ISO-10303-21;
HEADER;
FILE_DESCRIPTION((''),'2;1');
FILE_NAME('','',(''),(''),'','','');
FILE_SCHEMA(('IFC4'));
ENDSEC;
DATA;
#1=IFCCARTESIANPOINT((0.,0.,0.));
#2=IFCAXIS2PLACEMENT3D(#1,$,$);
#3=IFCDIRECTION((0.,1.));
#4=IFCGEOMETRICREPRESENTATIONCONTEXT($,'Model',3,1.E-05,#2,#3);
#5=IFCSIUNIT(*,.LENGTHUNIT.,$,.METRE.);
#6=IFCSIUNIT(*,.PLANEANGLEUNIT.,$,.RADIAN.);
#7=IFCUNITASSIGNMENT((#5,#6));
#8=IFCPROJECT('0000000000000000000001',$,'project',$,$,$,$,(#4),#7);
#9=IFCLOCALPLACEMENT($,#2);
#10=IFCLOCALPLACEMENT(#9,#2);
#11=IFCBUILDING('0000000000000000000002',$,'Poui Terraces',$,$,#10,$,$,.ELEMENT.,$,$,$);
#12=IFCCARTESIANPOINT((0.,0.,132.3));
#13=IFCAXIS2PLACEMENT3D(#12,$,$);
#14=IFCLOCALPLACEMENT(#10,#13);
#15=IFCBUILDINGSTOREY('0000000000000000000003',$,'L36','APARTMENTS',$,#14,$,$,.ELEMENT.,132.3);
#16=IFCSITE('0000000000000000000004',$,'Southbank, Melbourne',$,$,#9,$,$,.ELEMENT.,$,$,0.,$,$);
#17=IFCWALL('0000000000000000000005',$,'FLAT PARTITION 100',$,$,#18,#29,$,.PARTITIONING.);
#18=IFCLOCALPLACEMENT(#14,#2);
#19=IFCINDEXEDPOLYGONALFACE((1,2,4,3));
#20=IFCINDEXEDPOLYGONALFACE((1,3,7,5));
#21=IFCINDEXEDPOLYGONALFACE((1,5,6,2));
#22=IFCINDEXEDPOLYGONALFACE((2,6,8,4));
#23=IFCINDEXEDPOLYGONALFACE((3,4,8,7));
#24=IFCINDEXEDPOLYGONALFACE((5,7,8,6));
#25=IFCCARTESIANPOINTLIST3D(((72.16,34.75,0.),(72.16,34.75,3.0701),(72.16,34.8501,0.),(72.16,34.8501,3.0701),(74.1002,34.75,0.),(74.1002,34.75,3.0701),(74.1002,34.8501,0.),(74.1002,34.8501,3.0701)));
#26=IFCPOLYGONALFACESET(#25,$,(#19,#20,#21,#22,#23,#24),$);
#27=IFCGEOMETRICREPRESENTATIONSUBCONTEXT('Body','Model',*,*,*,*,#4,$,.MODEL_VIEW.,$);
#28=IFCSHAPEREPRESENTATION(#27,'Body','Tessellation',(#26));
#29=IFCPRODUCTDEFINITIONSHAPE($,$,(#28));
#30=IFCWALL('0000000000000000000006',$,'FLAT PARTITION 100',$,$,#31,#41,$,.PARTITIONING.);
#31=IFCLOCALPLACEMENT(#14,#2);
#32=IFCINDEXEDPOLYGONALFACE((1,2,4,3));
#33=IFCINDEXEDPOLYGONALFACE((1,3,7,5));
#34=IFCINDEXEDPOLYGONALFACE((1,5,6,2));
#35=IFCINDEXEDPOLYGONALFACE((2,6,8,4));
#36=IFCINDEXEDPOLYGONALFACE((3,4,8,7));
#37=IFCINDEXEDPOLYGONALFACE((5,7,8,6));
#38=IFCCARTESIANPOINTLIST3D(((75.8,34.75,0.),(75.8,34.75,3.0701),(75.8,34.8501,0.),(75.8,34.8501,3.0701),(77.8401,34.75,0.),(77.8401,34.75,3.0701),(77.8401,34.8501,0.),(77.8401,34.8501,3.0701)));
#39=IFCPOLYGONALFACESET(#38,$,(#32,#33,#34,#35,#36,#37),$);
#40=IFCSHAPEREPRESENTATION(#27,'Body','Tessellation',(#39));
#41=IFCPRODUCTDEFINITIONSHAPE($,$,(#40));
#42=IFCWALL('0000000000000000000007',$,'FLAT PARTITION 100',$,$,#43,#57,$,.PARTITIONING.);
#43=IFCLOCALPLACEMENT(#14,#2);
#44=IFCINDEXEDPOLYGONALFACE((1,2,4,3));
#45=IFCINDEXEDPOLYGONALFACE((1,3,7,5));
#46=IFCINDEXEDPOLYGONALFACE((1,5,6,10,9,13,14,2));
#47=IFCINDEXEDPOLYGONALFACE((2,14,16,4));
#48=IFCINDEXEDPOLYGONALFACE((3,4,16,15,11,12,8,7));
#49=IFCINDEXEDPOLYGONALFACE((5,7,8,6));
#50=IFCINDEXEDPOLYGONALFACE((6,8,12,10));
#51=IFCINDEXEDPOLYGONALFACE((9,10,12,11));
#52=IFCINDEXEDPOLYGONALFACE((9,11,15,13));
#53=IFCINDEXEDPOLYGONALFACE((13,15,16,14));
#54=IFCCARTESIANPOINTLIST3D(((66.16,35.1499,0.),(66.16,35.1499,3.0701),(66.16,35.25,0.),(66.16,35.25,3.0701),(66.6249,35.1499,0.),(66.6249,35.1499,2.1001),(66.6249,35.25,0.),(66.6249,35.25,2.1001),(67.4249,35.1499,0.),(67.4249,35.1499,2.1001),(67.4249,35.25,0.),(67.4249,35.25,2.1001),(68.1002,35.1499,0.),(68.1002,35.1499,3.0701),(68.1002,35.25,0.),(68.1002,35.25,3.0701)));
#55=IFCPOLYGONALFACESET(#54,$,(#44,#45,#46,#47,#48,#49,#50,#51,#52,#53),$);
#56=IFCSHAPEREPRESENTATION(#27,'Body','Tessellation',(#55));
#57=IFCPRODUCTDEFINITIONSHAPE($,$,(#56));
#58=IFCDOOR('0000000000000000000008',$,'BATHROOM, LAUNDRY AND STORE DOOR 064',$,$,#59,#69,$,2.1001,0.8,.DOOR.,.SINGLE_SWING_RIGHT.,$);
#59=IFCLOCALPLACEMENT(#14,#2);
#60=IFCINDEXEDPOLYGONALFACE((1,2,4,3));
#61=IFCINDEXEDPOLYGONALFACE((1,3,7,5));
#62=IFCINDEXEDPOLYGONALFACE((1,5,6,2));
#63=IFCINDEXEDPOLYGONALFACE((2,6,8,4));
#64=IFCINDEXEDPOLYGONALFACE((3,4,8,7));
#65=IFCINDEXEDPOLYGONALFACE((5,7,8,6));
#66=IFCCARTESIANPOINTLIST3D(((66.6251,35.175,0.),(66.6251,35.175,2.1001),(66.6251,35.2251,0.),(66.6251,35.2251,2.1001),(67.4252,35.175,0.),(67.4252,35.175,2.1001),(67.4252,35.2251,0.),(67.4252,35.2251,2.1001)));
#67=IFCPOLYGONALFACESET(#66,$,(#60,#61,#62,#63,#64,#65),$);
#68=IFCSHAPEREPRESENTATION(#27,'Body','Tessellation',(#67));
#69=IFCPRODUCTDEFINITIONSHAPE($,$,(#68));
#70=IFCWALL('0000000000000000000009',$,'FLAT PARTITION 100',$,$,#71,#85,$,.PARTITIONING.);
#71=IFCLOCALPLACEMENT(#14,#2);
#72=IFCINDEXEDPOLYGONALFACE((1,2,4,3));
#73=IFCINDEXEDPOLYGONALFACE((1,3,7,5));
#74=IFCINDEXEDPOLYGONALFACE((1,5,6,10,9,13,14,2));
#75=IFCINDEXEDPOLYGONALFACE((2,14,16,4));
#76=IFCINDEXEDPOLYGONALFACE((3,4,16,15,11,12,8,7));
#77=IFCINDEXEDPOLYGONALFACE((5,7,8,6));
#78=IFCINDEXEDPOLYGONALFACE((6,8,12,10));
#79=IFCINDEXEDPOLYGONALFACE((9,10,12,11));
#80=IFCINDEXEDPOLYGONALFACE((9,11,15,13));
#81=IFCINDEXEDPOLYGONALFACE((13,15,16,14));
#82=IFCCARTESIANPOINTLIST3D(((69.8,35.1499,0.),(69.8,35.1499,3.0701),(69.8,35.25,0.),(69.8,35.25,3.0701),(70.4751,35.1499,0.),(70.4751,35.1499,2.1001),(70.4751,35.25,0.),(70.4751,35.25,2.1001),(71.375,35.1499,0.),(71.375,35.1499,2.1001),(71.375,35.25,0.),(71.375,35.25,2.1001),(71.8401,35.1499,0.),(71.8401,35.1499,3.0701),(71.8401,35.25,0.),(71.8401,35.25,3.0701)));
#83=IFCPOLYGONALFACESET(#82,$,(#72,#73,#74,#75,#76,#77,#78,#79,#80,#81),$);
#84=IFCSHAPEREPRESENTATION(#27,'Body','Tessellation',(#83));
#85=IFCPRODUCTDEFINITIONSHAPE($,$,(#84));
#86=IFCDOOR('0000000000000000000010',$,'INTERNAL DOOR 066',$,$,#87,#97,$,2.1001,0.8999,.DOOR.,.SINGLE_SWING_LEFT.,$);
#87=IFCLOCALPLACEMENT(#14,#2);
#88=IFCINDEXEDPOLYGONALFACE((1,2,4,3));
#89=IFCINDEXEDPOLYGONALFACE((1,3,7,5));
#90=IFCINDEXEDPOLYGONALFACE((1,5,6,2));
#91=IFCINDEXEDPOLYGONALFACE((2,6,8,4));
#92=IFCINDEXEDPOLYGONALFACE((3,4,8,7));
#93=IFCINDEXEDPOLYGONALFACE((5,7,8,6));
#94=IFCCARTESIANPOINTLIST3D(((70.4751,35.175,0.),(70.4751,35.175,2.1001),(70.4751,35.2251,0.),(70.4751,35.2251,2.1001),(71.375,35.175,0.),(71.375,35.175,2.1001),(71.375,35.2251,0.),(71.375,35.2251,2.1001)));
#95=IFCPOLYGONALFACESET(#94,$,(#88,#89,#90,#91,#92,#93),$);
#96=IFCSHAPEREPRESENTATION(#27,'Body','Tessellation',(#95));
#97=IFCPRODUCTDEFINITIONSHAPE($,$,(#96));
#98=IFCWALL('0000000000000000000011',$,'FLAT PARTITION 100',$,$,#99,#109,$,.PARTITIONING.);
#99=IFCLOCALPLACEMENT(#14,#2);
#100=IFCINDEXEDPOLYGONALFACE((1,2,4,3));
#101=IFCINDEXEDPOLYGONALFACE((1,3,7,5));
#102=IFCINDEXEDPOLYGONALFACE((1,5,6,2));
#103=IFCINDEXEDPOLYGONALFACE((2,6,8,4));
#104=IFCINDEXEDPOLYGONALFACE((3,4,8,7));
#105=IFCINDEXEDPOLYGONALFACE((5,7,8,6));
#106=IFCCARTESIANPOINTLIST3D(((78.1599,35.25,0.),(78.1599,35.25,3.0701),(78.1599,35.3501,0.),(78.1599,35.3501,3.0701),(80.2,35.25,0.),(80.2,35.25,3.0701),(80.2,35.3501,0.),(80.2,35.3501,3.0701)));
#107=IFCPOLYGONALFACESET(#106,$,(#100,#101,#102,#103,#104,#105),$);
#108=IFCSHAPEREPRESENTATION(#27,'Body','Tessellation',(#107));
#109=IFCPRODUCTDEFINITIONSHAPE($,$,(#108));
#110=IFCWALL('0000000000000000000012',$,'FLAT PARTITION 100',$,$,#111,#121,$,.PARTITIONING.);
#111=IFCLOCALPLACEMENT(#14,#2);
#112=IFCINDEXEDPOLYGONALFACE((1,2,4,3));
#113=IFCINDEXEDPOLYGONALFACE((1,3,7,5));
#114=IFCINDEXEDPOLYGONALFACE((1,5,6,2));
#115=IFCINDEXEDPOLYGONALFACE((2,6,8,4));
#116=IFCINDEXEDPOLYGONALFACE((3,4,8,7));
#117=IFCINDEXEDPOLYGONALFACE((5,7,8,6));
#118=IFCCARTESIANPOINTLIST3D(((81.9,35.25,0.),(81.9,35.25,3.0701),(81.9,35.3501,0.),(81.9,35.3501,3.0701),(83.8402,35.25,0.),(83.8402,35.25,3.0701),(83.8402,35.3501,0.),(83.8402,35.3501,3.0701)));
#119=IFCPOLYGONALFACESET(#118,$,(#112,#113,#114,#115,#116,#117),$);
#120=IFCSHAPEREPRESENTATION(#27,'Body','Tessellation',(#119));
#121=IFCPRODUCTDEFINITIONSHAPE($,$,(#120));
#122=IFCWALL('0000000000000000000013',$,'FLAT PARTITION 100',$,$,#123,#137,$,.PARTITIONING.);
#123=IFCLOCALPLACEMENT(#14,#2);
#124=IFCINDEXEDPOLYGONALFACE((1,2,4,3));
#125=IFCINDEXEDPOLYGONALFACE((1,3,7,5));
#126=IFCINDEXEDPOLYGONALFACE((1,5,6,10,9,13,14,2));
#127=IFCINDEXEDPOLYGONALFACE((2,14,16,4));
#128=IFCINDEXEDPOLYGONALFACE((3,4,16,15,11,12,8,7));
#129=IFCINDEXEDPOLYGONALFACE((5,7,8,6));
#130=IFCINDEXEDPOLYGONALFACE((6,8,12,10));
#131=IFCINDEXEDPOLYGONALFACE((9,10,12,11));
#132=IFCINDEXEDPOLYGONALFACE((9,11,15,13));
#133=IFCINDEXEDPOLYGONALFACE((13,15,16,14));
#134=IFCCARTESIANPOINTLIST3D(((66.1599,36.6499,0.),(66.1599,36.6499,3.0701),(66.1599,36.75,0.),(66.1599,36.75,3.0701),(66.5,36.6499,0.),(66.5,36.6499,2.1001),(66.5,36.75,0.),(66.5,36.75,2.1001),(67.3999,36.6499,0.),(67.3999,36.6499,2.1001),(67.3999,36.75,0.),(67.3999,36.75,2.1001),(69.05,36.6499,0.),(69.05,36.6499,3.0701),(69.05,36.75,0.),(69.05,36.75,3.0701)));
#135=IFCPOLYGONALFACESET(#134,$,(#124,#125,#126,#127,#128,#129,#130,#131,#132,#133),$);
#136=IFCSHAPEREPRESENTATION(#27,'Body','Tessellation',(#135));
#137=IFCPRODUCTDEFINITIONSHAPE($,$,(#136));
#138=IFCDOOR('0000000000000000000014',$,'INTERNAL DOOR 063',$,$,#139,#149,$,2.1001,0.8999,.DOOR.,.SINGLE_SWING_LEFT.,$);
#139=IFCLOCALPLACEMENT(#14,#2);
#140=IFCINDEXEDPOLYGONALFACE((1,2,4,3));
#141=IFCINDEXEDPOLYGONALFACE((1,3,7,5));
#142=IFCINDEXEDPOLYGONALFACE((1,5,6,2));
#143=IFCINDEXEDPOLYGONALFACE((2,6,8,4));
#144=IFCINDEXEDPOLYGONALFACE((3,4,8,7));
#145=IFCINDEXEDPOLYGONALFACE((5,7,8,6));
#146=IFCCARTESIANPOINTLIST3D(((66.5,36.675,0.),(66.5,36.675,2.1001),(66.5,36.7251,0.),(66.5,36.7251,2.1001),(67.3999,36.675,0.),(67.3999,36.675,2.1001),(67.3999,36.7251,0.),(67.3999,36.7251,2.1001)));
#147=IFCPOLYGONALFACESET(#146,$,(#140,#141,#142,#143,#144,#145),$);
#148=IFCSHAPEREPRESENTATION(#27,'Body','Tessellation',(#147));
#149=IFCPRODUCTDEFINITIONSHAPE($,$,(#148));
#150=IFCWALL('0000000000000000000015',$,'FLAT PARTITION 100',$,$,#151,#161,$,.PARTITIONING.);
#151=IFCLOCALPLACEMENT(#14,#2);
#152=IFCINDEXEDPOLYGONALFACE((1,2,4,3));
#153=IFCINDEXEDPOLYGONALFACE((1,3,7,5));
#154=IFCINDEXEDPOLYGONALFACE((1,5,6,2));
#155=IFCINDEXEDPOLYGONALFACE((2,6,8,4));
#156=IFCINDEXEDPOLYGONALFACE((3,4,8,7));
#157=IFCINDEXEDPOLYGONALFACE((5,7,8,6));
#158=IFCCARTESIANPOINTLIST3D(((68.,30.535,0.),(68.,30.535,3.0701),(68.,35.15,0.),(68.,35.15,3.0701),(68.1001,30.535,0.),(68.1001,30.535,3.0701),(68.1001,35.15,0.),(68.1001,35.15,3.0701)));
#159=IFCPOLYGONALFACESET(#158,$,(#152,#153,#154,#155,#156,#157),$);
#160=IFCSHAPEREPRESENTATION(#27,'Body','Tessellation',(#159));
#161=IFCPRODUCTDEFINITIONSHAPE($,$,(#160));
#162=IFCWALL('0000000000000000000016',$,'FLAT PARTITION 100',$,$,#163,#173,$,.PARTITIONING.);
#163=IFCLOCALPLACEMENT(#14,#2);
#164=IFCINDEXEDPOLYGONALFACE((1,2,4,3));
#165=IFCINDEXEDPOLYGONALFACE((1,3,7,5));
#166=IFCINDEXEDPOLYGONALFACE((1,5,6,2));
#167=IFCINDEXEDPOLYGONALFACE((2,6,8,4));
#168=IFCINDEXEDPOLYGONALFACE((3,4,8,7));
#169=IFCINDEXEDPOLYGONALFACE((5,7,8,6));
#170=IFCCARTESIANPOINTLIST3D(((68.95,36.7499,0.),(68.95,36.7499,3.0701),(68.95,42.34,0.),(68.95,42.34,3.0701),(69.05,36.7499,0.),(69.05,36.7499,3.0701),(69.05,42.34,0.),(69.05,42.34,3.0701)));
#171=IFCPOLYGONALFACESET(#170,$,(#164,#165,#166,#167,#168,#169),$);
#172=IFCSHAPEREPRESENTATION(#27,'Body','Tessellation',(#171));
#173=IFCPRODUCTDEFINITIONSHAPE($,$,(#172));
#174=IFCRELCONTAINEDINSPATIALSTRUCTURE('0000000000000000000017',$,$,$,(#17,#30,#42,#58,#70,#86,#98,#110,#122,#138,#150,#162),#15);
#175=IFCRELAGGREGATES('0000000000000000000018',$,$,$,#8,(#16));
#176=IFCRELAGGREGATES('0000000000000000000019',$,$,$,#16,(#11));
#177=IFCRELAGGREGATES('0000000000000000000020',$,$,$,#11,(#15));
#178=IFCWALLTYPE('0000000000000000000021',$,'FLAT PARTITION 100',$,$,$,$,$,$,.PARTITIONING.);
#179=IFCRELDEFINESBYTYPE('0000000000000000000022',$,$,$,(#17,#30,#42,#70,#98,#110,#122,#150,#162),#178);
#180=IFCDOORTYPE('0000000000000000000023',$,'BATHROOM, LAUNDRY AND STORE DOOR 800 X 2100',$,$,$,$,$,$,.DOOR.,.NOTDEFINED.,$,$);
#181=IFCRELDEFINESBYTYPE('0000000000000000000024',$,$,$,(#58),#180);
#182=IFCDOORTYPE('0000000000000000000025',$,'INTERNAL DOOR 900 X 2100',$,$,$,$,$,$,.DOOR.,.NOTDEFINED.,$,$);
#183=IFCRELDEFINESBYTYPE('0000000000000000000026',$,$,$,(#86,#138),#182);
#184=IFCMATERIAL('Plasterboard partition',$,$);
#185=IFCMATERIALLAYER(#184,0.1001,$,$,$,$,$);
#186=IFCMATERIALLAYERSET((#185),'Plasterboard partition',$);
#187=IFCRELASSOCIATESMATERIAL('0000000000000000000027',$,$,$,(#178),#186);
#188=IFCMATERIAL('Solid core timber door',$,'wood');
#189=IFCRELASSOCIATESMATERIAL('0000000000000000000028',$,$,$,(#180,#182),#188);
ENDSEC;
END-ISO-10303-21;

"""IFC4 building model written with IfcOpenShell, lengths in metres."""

from ifc_helpers import new_model, si_unit, direction, frame, frame_2d, origin, place, context, subcontext, project, spatial, rectangle, extrude, material, layer, layer_set, type_object, element, fill, save


model = new_model("IFC4")

# Units and contexts
model_context = context("Model", 3, precision=1e-05, world=origin(), true_north=direction((0.0, 1.0)))
body_context = subcontext(model_context, "Body", "Model", "MODEL_VIEW")
ifc_project = project(units=[si_unit("LENGTHUNIT", "METRE"), si_unit("PLANEANGLEUNIT", "RADIAN")], contexts=[model_context])

# Site, building, storey
site_placement = place(None, origin())
site = spatial("IfcSite", under=ifc_project, at=site_placement, Name="Southbank, Melbourne", CompositionType="ELEMENT", RefElevation=0.0)
building_placement = place(site_placement, origin())
building = spatial("IfcBuilding", under=site, at=building_placement, Name="Poui Terraces", CompositionType="ELEMENT")
storey_placement = place(building_placement, frame((0.0, 0.0, 132.3)))
storey = spatial("IfcBuildingStorey", under=building, at=storey_placement, Name="L36", Description="APARTMENTS", CompositionType="ELEMENT", Elevation=132.3)

# Walls
ifc_material_1 = material(Name="Plasterboard partition")
ifc_layer_1 = layer(ifc_material_1, 0.1001)
ifc_layer_set_1 = layer_set([ifc_layer_1], Name="Plasterboard partition")
wall_type_1 = type_object("IfcWallType", Name="FLAT PARTITION 100", PredefinedType="PARTITIONING", material=ifc_layer_set_1)
wall_1_placement = place(storey_placement, frame((72.1599, 34.8, 0.0), z_axis=(0.0, 0.0, 1.0), x_axis=(1.0, 0.0, 0.0)))
element("IfcWall", 1, at=wall_1_placement, inside=storey, type_object=wall_type_1, Name="FLAT PARTITION 100", PredefinedType="PARTITIONING", context=body_context, shape_type="SweptSolid", body=[
    extrude(rectangle(XDim=1.9402, YDim=0.1001, at=frame_2d((0.9702, 0.0))), origin(), (0.0, 0.0, 1.0), 3.0701),
])
wall_2_placement = place(storey_placement, frame((75.8, 34.8, 0.0), z_axis=(0.0, 0.0, 1.0), x_axis=(1.0, 0.0, 0.0)))
element("IfcWall", 2, at=wall_2_placement, inside=storey, type_object=wall_type_1, Name="FLAT PARTITION 100", PredefinedType="PARTITIONING", context=body_context, shape_type="SweptSolid", body=[
    extrude(rectangle(XDim=2.04, YDim=0.1001, at=frame_2d((1.02, 0.0))), origin(), (0.0, 0.0, 1.0), 3.0701),
])

# Walls, openings, doors
wall_3_placement = place(storey_placement, frame((66.1599, 35.2, 0.0), z_axis=(0.0, 0.0, 1.0), x_axis=(1.0, 0.0, 0.0)))
wall_3 = element("IfcWall", 3, at=wall_3_placement, inside=storey, type_object=wall_type_1, Name="FLAT PARTITION 100", PredefinedType="PARTITIONING", context=body_context, shape_type="SweptSolid", body=[
    extrude(rectangle(XDim=1.9402, YDim=0.1001, at=frame_2d((0.9702, 0.0))), origin(), (0.0, 0.0, 1.0), 3.0701),
])
opening_1_placement = place(wall_3_placement, frame((0.4651, 0.0, 0.0)))
opening_1 = element("IfcOpeningElement", 4, at=opening_1_placement, cuts=wall_3, PredefinedType="OPENING", context=body_context, shape_type="SweptSolid", body=[
    extrude(rectangle(XDim=0.8, YDim=2.1001, at=frame_2d((0.3999, 1.05))), frame((0.0, 0.0601, 0.0), z_axis=(0.0, -1.0, 0.0), x_axis=(1.0, 0.0, 0.0)), (0.0, 0.0, 1.0), 0.1201),
])
ifc_material_2 = material(Name="Solid core timber door", Category="wood")
door_type_1 = type_object("IfcDoorType", Name="BATHROOM, LAUNDRY AND STORE DOOR 800 X 2100", OperationType="NOTDEFINED", PredefinedType="DOOR", material=ifc_material_2)
door_1_placement = place(opening_1_placement, frame((0.8, 0.0, 0.0), z_axis=(0.0, 0.0, 1.0), x_axis=(-1.0, 0.0, 0.0)))
door_1 = element("IfcDoor", 5, at=door_1_placement, inside=storey, type_object=door_type_1, Name="BATHROOM, LAUNDRY AND STORE DOOR 064", OperationType="SINGLE_SWING_RIGHT", OverallHeight=2.1001, OverallWidth=0.8, PredefinedType="DOOR", context=body_context, shape_type="SweptSolid", body=[
    extrude(rectangle(XDim=0.8, YDim=2.1001, at=frame_2d((0.3999, 1.05))), frame((0.0, 0.0249, 0.0), z_axis=(0.0, -1.0, 0.0), x_axis=(1.0, 0.0, 0.0)), (0.0, 0.0, 1.0), 0.05),
])
fill(opening_1, door_1)
wall_4_placement = place(storey_placement, frame((69.8, 35.2, 0.0), z_axis=(0.0, 0.0, 1.0), x_axis=(1.0, 0.0, 0.0)))
wall_4 = element("IfcWall", 6, at=wall_4_placement, inside=storey, type_object=wall_type_1, Name="FLAT PARTITION 100", PredefinedType="PARTITIONING", context=body_context, shape_type="SweptSolid", body=[
    extrude(rectangle(XDim=2.04, YDim=0.1001, at=frame_2d((1.02, 0.0))), origin(), (0.0, 0.0, 1.0), 3.0701),
])
opening_2_placement = place(wall_4_placement, frame((0.675, 0.0, 0.0)))
opening_2 = element("IfcOpeningElement", 7, at=opening_2_placement, cuts=wall_4, PredefinedType="OPENING", context=body_context, shape_type="SweptSolid", body=[
    extrude(rectangle(XDim=0.8999, YDim=2.1001, at=frame_2d((0.45, 1.05))), frame((0.0, 0.0601, 0.0), z_axis=(0.0, -1.0, 0.0), x_axis=(1.0, 0.0, 0.0)), (0.0, 0.0, 1.0), 0.1201),
])
door_type_2 = type_object("IfcDoorType", Name="INTERNAL DOOR 900 X 2100", OperationType="NOTDEFINED", PredefinedType="DOOR", material=ifc_material_2)
door_2_placement = place(opening_2_placement, frame((0.8999, 0.0, 0.0), z_axis=(0.0, 0.0, 1.0), x_axis=(-1.0, 0.0, 0.0)))
door_2 = element("IfcDoor", 8, at=door_2_placement, inside=storey, type_object=door_type_2, Name="INTERNAL DOOR 066", OperationType="SINGLE_SWING_LEFT", OverallHeight=2.1001, OverallWidth=0.8999, PredefinedType="DOOR", context=body_context, shape_type="SweptSolid", body=[
    extrude(rectangle(XDim=0.8999, YDim=2.1001, at=frame_2d((0.45, 1.05))), frame((0.0, 0.0249, 0.0), z_axis=(0.0, -1.0, 0.0), x_axis=(1.0, 0.0, 0.0)), (0.0, 0.0, 1.0), 0.05),
])
fill(opening_2, door_2)

# Walls
wall_5_placement = place(storey_placement, frame((78.1599, 35.3, 0.0), z_axis=(0.0, 0.0, 1.0), x_axis=(1.0, 0.0, 0.0)))
element("IfcWall", 9, at=wall_5_placement, inside=storey, type_object=wall_type_1, Name="FLAT PARTITION 100", PredefinedType="PARTITIONING", context=body_context, shape_type="SweptSolid", body=[
    extrude(rectangle(XDim=2.04, YDim=0.1001, at=frame_2d((1.02, 0.0))), origin(), (0.0, 0.0, 1.0), 3.0701),
])
wall_6_placement = place(storey_placement, frame((81.8999, 35.3, 0.0), z_axis=(0.0, 0.0, 1.0), x_axis=(1.0, 0.0, 0.0)))
element("IfcWall", 10, at=wall_6_placement, inside=storey, type_object=wall_type_1, Name="FLAT PARTITION 100", PredefinedType="PARTITIONING", context=body_context, shape_type="SweptSolid", body=[
    extrude(rectangle(XDim=1.9402, YDim=0.1001, at=frame_2d((0.9702, 0.0))), origin(), (0.0, 0.0, 1.0), 3.0701),
])

# Wall, opening, door
wall_7_placement = place(storey_placement, frame((66.1599, 36.7, 0.0), z_axis=(0.0, 0.0, 1.0), x_axis=(1.0, 0.0, 0.0)))
wall_7 = element("IfcWall", 11, at=wall_7_placement, inside=storey, type_object=wall_type_1, Name="FLAT PARTITION 100", PredefinedType="PARTITIONING", context=body_context, shape_type="SweptSolid", body=[
    extrude(rectangle(XDim=2.8901, YDim=0.1001, at=frame_2d((1.4451, 0.0))), origin(), (0.0, 0.0, 1.0), 3.0701),
])
opening_3_placement = place(wall_7_placement, frame((0.3401, 0.0, 0.0)))
opening_3 = element("IfcOpeningElement", 12, at=opening_3_placement, cuts=wall_7, PredefinedType="OPENING", context=body_context, shape_type="SweptSolid", body=[
    extrude(rectangle(XDim=0.8999, YDim=2.1001, at=frame_2d((0.45, 1.05))), frame((0.0, 0.0601, 0.0), z_axis=(0.0, -1.0, 0.0), x_axis=(1.0, 0.0, 0.0)), (0.0, 0.0, 1.0), 0.1201),
])
door_3_placement = place(opening_3_placement, frame((0.8999, 0.0, 0.0), z_axis=(0.0, 0.0, 1.0), x_axis=(-1.0, 0.0, 0.0)))
door_3 = element("IfcDoor", 13, at=door_3_placement, inside=storey, type_object=door_type_2, Name="INTERNAL DOOR 063", OperationType="SINGLE_SWING_LEFT", OverallHeight=2.1001, OverallWidth=0.8999, PredefinedType="DOOR", context=body_context, shape_type="SweptSolid", body=[
    extrude(rectangle(XDim=0.8999, YDim=2.1001, at=frame_2d((0.45, 1.05))), frame((0.0, 0.0249, 0.0), z_axis=(0.0, -1.0, 0.0), x_axis=(1.0, 0.0, 0.0)), (0.0, 0.0, 1.0), 0.05),
])
fill(opening_3, door_3)

# Walls
wall_8_placement = place(storey_placement, frame((68.05, 30.5349, 0.0), z_axis=(0.0, 0.0, 1.0), x_axis=(0.0, 1.0, 0.0)))
element("IfcWall", 14, at=wall_8_placement, inside=storey, type_object=wall_type_1, Name="FLAT PARTITION 100", PredefinedType="PARTITIONING", context=body_context, shape_type="SweptSolid", body=[
    extrude(rectangle(XDim=4.615, YDim=0.1001, at=frame_2d((2.3076, 0.0))), origin(), (0.0, 0.0, 1.0), 3.0701),
])
wall_9_placement = place(storey_placement, frame((69.0, 36.75, 0.0), z_axis=(0.0, 0.0, 1.0), x_axis=(0.0, 1.0, 0.0)))
element("IfcWall", 15, at=wall_9_placement, inside=storey, type_object=wall_type_1, Name="FLAT PARTITION 100", PredefinedType="PARTITIONING", context=body_context, shape_type="SweptSolid", body=[
    extrude(rectangle(XDim=5.5901, YDim=0.1001, at=frame_2d((2.7949, 0.0))), origin(), (0.0, 0.0, 1.0), 3.0701),
])

save(model, "model.ifc")
